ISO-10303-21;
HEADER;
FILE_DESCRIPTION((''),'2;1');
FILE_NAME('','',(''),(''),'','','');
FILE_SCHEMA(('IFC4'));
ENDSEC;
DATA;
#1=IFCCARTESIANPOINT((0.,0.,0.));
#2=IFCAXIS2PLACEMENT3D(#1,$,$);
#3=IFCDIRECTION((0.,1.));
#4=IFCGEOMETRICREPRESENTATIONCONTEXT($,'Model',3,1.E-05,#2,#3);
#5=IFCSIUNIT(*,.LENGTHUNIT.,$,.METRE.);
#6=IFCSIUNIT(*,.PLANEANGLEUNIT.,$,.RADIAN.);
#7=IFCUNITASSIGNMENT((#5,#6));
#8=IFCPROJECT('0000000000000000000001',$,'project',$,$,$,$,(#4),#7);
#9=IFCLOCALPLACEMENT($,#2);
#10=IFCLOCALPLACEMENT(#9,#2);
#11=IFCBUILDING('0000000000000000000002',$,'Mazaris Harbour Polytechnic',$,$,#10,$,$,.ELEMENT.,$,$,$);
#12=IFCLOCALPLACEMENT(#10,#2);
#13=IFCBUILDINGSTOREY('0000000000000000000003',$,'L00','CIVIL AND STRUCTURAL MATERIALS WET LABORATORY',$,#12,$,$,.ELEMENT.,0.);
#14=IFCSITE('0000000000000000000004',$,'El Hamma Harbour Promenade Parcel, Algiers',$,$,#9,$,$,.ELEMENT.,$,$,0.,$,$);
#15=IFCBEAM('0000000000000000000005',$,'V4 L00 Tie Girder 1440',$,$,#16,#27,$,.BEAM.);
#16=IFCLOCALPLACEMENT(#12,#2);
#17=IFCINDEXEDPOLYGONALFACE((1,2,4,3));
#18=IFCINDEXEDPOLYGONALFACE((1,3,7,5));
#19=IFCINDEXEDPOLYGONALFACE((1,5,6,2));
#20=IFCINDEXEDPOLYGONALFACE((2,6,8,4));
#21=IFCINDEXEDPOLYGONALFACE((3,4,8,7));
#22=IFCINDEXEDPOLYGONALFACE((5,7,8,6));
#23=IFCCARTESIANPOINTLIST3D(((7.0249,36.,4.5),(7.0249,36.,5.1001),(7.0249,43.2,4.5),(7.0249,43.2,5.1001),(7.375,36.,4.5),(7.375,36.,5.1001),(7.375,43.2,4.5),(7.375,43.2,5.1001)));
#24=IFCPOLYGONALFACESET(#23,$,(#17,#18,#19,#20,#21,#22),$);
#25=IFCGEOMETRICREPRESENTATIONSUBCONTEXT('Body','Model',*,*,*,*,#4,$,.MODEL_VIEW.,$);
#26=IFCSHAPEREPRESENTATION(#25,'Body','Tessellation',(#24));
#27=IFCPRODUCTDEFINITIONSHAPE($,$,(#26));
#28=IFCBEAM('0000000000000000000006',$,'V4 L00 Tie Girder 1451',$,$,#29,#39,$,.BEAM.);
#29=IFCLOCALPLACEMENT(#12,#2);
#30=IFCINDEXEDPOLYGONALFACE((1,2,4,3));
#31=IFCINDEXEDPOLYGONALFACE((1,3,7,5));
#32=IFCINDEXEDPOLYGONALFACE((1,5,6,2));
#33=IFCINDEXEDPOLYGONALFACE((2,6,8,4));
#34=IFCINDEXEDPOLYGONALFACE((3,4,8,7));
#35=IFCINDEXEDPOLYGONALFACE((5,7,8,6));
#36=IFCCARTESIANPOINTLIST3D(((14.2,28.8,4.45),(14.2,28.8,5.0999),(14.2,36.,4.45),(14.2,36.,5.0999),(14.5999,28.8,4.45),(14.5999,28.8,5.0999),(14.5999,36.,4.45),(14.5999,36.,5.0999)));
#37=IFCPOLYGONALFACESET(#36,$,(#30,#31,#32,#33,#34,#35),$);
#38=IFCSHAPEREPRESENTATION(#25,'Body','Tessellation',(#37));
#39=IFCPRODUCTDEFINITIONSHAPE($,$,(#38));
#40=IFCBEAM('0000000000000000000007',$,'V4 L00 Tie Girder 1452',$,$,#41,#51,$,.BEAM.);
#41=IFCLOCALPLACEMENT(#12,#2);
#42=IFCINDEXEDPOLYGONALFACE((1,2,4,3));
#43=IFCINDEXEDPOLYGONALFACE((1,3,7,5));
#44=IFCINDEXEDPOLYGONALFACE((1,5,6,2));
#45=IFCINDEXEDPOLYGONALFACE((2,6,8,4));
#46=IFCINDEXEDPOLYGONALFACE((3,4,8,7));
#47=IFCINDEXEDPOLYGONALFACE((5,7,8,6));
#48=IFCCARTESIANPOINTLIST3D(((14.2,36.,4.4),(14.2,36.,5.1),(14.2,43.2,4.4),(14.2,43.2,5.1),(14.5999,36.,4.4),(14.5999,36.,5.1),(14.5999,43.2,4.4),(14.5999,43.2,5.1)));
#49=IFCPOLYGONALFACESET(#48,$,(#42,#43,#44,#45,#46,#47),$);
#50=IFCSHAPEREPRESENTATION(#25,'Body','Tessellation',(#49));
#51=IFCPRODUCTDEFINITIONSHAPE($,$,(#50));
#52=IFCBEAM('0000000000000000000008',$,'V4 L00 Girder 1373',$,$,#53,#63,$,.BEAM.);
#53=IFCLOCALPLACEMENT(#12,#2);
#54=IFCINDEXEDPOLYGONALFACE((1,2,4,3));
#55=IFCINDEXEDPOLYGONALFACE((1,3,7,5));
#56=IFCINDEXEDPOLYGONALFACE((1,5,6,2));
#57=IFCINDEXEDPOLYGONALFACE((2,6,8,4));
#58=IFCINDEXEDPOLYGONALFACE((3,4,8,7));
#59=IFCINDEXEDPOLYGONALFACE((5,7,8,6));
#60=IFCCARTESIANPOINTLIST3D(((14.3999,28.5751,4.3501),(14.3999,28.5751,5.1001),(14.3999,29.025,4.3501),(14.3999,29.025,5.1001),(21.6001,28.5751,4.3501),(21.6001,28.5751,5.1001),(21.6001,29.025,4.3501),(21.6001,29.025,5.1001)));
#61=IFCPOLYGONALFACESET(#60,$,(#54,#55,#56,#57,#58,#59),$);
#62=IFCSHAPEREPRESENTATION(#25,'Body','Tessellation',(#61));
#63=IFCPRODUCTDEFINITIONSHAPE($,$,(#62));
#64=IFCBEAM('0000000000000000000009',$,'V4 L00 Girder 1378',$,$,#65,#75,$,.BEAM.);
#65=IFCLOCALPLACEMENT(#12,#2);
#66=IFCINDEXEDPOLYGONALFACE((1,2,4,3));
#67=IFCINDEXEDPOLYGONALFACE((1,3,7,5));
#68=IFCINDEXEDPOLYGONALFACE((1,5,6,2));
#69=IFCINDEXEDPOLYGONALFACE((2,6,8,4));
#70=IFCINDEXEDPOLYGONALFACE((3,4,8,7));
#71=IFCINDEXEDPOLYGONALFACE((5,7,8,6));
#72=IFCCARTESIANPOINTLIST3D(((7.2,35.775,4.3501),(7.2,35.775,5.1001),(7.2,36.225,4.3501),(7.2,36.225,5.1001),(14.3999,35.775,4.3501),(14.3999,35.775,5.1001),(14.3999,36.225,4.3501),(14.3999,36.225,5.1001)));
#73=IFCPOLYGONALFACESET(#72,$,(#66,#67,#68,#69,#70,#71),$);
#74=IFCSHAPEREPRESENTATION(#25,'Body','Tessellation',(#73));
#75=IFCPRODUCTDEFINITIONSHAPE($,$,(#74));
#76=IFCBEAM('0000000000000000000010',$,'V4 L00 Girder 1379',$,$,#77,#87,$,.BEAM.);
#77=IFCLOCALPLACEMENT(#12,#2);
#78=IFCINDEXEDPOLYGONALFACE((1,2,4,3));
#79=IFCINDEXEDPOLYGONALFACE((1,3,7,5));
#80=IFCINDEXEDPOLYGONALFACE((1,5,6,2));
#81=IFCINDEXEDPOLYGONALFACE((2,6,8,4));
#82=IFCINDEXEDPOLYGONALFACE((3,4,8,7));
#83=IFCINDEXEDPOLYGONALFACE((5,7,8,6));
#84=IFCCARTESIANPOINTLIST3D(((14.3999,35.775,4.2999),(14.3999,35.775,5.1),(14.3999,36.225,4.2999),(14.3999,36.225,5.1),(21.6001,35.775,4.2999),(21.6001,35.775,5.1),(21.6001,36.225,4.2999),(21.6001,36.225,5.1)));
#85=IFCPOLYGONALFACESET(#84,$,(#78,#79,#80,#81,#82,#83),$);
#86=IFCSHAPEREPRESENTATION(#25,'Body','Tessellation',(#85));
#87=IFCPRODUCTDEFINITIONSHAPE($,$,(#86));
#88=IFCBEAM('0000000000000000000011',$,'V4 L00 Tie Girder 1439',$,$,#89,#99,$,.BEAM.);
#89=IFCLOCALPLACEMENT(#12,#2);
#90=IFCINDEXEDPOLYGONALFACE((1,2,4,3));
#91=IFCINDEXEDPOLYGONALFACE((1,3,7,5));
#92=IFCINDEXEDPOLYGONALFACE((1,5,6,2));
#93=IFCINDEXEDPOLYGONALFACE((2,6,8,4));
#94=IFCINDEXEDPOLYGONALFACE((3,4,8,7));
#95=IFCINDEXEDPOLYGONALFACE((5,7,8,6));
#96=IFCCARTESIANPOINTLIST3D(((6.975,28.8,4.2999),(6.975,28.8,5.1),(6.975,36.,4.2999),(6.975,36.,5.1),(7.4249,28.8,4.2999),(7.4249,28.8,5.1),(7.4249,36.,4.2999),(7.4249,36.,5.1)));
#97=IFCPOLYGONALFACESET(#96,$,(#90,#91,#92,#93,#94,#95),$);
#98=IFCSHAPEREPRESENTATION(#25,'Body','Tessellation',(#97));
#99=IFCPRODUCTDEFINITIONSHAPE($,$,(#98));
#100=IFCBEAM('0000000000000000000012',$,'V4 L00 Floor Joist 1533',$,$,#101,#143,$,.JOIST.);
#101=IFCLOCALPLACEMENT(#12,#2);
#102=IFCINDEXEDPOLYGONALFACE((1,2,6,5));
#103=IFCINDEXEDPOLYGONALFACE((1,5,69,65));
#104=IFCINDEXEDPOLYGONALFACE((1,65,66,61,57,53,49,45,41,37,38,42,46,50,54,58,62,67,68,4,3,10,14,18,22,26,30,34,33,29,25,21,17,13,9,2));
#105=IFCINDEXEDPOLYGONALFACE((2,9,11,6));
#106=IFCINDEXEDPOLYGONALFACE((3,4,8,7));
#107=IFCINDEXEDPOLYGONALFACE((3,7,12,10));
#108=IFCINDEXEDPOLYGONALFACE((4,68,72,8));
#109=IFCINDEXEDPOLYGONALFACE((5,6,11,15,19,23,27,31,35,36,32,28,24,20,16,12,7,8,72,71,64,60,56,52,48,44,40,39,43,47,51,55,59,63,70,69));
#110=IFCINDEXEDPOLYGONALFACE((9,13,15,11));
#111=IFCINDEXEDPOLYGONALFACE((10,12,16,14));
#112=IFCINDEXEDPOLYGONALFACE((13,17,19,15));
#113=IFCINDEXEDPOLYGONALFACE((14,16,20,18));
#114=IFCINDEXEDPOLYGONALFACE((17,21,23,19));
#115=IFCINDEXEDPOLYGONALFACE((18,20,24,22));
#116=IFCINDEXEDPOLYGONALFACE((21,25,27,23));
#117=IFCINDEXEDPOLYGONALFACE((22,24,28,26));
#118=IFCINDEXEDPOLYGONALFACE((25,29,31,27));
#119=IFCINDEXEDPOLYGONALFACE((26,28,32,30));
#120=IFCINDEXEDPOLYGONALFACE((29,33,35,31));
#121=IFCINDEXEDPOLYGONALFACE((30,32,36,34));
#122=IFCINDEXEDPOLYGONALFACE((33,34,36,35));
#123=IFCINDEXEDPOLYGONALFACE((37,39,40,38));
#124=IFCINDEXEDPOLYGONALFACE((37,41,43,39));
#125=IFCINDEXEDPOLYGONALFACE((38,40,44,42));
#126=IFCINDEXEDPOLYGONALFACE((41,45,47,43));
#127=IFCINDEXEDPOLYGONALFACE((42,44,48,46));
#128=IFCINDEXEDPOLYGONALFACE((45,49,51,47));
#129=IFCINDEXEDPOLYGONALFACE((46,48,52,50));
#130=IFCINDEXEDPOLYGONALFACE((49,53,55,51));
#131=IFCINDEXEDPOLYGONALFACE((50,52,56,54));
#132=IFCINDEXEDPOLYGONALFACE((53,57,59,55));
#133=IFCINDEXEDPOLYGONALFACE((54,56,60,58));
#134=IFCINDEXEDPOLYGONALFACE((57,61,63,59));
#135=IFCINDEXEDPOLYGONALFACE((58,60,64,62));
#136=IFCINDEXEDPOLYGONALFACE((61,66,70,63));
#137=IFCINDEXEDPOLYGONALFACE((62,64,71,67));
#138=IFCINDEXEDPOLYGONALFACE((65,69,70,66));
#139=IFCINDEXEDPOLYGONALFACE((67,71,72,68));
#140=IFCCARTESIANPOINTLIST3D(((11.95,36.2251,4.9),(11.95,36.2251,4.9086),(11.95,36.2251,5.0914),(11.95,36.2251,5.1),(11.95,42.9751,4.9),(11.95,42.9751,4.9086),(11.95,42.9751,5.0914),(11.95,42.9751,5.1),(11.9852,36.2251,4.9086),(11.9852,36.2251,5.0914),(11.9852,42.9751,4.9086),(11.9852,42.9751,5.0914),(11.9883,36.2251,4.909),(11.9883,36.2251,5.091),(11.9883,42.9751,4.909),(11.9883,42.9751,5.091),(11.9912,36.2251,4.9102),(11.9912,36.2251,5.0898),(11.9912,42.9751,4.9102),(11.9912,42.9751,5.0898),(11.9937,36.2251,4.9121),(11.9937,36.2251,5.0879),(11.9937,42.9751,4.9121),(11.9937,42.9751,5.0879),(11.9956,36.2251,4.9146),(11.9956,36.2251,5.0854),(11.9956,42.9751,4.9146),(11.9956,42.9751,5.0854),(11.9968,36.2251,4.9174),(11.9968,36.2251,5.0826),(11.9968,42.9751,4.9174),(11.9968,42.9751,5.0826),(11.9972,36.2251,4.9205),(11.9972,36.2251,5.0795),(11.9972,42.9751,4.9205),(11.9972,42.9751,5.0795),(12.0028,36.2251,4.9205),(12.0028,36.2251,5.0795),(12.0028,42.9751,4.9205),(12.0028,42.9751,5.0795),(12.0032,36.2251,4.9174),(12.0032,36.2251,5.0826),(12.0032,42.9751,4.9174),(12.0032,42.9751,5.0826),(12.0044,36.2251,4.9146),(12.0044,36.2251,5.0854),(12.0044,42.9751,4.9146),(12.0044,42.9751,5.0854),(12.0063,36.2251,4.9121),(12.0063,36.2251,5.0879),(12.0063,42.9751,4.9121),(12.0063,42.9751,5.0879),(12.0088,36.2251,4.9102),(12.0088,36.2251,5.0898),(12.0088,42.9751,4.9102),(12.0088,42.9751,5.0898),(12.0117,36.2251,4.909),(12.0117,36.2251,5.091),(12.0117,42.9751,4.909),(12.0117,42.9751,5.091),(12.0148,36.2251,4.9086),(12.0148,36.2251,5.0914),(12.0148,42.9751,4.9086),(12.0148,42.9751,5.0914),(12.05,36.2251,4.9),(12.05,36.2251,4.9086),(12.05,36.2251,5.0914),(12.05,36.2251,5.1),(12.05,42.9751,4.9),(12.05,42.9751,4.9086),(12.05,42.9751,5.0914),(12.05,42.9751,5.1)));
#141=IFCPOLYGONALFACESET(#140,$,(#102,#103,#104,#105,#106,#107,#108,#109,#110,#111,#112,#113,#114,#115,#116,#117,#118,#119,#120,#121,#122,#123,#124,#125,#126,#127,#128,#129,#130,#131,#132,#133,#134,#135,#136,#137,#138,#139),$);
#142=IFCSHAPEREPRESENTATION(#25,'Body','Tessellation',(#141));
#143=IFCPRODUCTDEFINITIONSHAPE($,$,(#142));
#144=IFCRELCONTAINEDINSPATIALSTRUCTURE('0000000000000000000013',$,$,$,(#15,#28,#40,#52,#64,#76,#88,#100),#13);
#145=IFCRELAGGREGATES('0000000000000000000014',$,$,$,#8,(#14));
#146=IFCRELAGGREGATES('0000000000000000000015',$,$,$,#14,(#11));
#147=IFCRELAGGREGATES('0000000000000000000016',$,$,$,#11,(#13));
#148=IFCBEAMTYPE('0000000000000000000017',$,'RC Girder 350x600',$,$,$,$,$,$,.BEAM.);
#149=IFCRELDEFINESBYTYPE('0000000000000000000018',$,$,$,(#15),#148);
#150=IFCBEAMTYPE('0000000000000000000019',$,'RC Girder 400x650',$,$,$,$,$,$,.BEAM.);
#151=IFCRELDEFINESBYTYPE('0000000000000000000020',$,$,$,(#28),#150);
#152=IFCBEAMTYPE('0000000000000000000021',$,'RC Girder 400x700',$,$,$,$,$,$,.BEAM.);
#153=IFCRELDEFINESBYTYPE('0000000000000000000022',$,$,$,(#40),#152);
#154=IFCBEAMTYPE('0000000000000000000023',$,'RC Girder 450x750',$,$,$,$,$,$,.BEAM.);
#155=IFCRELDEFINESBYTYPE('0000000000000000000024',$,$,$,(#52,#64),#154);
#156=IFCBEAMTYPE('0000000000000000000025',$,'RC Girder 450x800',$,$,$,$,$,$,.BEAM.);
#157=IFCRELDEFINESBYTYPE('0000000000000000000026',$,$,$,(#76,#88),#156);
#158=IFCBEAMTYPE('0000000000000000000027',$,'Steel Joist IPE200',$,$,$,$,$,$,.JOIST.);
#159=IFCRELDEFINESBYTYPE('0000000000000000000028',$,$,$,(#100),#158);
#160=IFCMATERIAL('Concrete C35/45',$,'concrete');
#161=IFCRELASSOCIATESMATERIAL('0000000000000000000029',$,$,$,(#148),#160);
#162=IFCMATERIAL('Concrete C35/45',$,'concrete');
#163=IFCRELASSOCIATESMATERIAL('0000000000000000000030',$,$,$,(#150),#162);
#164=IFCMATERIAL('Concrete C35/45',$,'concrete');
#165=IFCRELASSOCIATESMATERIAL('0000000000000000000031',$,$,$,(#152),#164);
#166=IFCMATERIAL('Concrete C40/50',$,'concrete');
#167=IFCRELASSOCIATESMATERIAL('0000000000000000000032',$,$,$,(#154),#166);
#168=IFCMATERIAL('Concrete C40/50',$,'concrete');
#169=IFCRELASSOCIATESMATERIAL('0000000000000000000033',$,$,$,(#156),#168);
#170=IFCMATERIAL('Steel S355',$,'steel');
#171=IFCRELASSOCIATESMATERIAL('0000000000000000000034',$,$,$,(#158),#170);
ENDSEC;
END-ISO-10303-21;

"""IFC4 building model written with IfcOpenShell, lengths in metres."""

from ifc_helpers import new_model, si_unit, direction, frame, origin, origin_2d, place, context, subcontext, project, spatial, rectangle, i_section, extrude, material, material_profile, profile_set, type_object, element, save


model = new_model("IFC4")

# Units and contexts
model_context = context("Model", 3, precision=1e-05, world=origin(), true_north=direction((0.0, 1.0)))
body_context = subcontext(model_context, "Body", "Model", "MODEL_VIEW")
ifc_project = project(units=[si_unit("LENGTHUNIT", "METRE"), si_unit("PLANEANGLEUNIT", "RADIAN")], contexts=[model_context])

# Site, building, storey
site_placement = place(None, origin())
site = spatial("IfcSite", under=ifc_project, at=site_placement, Name="El Hamma Harbour Promenade Parcel, Algiers", CompositionType="ELEMENT", RefElevation=0.0)
building_placement = place(site_placement, origin())
building = spatial("IfcBuilding", under=site, at=building_placement, Name="Mazaris Harbour Polytechnic", CompositionType="ELEMENT")
storey_placement = place(building_placement, origin())
storey = spatial("IfcBuildingStorey", under=building, at=storey_placement, Name="L00", Description="CIVIL AND STRUCTURAL MATERIALS WET LABORATORY", CompositionType="ELEMENT", Elevation=0.0)

# Beams
ifc_material_1 = material(Name="Concrete C35/45", Category="concrete")
ifc_material_profile_1 = material_profile(ifc_material_1, rectangle(XDim=0.3501, YDim=0.6001, at=origin_2d()), Name="RECT350x600")
ifc_profile_set_1 = profile_set([ifc_material_profile_1], Name="Concrete C35/45")
beam_type_1 = type_object("IfcBeamType", Name="RC Girder 350x600", PredefinedType="BEAM", material=ifc_profile_set_1)
beam_1_placement = place(storey_placement, frame((7.2, 36.0, 4.8), z_axis=(0.0, 1.0, 0.0), x_axis=(-1.0, 0.0, 0.0)))
element("IfcBeam", 1, at=beam_1_placement, inside=storey, type_object=beam_type_1, Name="V4 L00 Tie Girder 1440", PredefinedType="BEAM", context=body_context, shape_type="SweptSolid", body=[
    extrude(rectangle(XDim=0.3501, YDim=0.6001, at=origin_2d()), origin(), (0.0, 0.0, 1.0), 7.2),
])
ifc_material_2 = material(Name="Concrete C35/45", Category="concrete")
ifc_material_profile_2 = material_profile(ifc_material_2, rectangle(XDim=0.3999, YDim=0.6499, at=origin_2d()), Name="RECT400x650")
ifc_profile_set_2 = profile_set([ifc_material_profile_2], Name="Concrete C35/45")
beam_type_2 = type_object("IfcBeamType", Name="RC Girder 400x650", PredefinedType="BEAM", material=ifc_profile_set_2)
beam_2_placement = place(storey_placement, frame((14.3999, 28.8, 4.7749), z_axis=(0.0, 1.0, 0.0), x_axis=(-1.0, 0.0, 0.0)))
element("IfcBeam", 2, at=beam_2_placement, inside=storey, type_object=beam_type_2, Name="V4 L00 Tie Girder 1451", PredefinedType="BEAM", context=body_context, shape_type="SweptSolid", body=[
    extrude(rectangle(XDim=0.3999, YDim=0.6499, at=origin_2d()), origin(), (0.0, 0.0, 1.0), 7.2),
])
ifc_material_3 = material(Name="Concrete C35/45", Category="concrete")
ifc_material_profile_3 = material_profile(ifc_material_3, rectangle(XDim=0.3999, YDim=0.7, at=origin_2d()), Name="RECT400x700")
ifc_profile_set_3 = profile_set([ifc_material_profile_3], Name="Concrete C35/45")
beam_type_3 = type_object("IfcBeamType", Name="RC Girder 400x700", PredefinedType="BEAM", material=ifc_profile_set_3)
beam_3_placement = place(storey_placement, frame((14.3999, 36.0, 4.75), z_axis=(0.0, 1.0, 0.0), x_axis=(-1.0, 0.0, 0.0)))
element("IfcBeam", 3, at=beam_3_placement, inside=storey, type_object=beam_type_3, Name="V4 L00 Tie Girder 1452", PredefinedType="BEAM", context=body_context, shape_type="SweptSolid", body=[
    extrude(rectangle(XDim=0.3999, YDim=0.7, at=origin_2d()), origin(), (0.0, 0.0, 1.0), 7.2),
])
ifc_material_4 = material(Name="Concrete C40/50", Category="concrete")
ifc_material_profile_4 = material_profile(ifc_material_4, rectangle(XDim=0.45, YDim=0.75, at=origin_2d()), Name="RECT450x750")
ifc_profile_set_4 = profile_set([ifc_material_profile_4], Name="Concrete C40/50")
beam_type_4 = type_object("IfcBeamType", Name="RC Girder 450x750", PredefinedType="BEAM", material=ifc_profile_set_4)
beam_4_placement = place(storey_placement, frame((14.3999, 28.8, 4.7251), z_axis=(1.0, 0.0, 0.0), x_axis=(0.0, 1.0, 0.0)))
element("IfcBeam", 4, at=beam_4_placement, inside=storey, type_object=beam_type_4, Name="V4 L00 Girder 1373", PredefinedType="BEAM", context=body_context, shape_type="SweptSolid", body=[
    extrude(rectangle(XDim=0.45, YDim=0.75, at=origin_2d()), origin(), (0.0, 0.0, 1.0), 7.2002),
])
beam_5_placement = place(storey_placement, frame((7.2, 36.0, 4.7251), z_axis=(1.0, 0.0, 0.0), x_axis=(0.0, 1.0, 0.0)))
element("IfcBeam", 5, at=beam_5_placement, inside=storey, type_object=beam_type_4, Name="V4 L00 Girder 1378", PredefinedType="BEAM", context=body_context, shape_type="SweptSolid", body=[
    extrude(rectangle(XDim=0.45, YDim=0.75, at=origin_2d()), origin(), (0.0, 0.0, 1.0), 7.2),
])
ifc_material_5 = material(Name="Concrete C40/50", Category="concrete")
ifc_material_profile_5 = material_profile(ifc_material_5, rectangle(XDim=0.45, YDim=0.8, at=origin_2d()), Name="RECT450x800")
ifc_profile_set_5 = profile_set([ifc_material_profile_5], Name="Concrete C40/50")
beam_type_5 = type_object("IfcBeamType", Name="RC Girder 450x800", PredefinedType="BEAM", material=ifc_profile_set_5)
beam_6_placement = place(storey_placement, frame((14.3999, 36.0, 4.7), z_axis=(1.0, 0.0, 0.0), x_axis=(0.0, 1.0, 0.0)))
element("IfcBeam", 6, at=beam_6_placement, inside=storey, type_object=beam_type_5, Name="V4 L00 Girder 1379", PredefinedType="BEAM", context=body_context, shape_type="SweptSolid", body=[
    extrude(rectangle(XDim=0.45, YDim=0.8, at=origin_2d()), origin(), (0.0, 0.0, 1.0), 7.2002),
])
beam_7_placement = place(storey_placement, frame((7.2, 28.8, 4.7), z_axis=(0.0, 1.0, 0.0), x_axis=(-1.0, 0.0, 0.0)))
element("IfcBeam", 7, at=beam_7_placement, inside=storey, type_object=beam_type_5, Name="V4 L00 Tie Girder 1439", PredefinedType="BEAM", context=body_context, shape_type="SweptSolid", body=[
    extrude(rectangle(XDim=0.45, YDim=0.8, at=origin_2d()), origin(), (0.0, 0.0, 1.0), 7.2),
])
ifc_material_6 = material(Name="Steel S355", Category="steel")
ifc_material_profile_6 = material_profile(ifc_material_6, i_section(OverallWidth=0.1001, OverallDepth=0.2, WebThickness=0.0056, FlangeThickness=0.0085, FilletRadius=0.012, at=origin_2d()), Name="IPE 200")
ifc_profile_set_6 = profile_set([ifc_material_profile_6], Name="Steel S355")
beam_type_6 = type_object("IfcBeamType", Name="Steel Joist IPE200", PredefinedType="JOIST", material=ifc_profile_set_6)
beam_8_placement = place(storey_placement, frame((12.0, 36.2251, 5.0), z_axis=(0.0, 1.0, 0.0), x_axis=(-1.0, 0.0, 0.0)))
element("IfcBeam", 8, at=beam_8_placement, inside=storey, type_object=beam_type_6, Name="V4 L00 Floor Joist 1533", PredefinedType="JOIST", context=body_context, shape_type="SweptSolid", body=[
    extrude(i_section(OverallWidth=0.1001, OverallDepth=0.2, WebThickness=0.0056, FlangeThickness=0.0085, FilletRadius=0.012, at=origin_2d()), origin(), (0.0, 0.0, 1.0), 6.75),
])

save(model, "model.ifc")
